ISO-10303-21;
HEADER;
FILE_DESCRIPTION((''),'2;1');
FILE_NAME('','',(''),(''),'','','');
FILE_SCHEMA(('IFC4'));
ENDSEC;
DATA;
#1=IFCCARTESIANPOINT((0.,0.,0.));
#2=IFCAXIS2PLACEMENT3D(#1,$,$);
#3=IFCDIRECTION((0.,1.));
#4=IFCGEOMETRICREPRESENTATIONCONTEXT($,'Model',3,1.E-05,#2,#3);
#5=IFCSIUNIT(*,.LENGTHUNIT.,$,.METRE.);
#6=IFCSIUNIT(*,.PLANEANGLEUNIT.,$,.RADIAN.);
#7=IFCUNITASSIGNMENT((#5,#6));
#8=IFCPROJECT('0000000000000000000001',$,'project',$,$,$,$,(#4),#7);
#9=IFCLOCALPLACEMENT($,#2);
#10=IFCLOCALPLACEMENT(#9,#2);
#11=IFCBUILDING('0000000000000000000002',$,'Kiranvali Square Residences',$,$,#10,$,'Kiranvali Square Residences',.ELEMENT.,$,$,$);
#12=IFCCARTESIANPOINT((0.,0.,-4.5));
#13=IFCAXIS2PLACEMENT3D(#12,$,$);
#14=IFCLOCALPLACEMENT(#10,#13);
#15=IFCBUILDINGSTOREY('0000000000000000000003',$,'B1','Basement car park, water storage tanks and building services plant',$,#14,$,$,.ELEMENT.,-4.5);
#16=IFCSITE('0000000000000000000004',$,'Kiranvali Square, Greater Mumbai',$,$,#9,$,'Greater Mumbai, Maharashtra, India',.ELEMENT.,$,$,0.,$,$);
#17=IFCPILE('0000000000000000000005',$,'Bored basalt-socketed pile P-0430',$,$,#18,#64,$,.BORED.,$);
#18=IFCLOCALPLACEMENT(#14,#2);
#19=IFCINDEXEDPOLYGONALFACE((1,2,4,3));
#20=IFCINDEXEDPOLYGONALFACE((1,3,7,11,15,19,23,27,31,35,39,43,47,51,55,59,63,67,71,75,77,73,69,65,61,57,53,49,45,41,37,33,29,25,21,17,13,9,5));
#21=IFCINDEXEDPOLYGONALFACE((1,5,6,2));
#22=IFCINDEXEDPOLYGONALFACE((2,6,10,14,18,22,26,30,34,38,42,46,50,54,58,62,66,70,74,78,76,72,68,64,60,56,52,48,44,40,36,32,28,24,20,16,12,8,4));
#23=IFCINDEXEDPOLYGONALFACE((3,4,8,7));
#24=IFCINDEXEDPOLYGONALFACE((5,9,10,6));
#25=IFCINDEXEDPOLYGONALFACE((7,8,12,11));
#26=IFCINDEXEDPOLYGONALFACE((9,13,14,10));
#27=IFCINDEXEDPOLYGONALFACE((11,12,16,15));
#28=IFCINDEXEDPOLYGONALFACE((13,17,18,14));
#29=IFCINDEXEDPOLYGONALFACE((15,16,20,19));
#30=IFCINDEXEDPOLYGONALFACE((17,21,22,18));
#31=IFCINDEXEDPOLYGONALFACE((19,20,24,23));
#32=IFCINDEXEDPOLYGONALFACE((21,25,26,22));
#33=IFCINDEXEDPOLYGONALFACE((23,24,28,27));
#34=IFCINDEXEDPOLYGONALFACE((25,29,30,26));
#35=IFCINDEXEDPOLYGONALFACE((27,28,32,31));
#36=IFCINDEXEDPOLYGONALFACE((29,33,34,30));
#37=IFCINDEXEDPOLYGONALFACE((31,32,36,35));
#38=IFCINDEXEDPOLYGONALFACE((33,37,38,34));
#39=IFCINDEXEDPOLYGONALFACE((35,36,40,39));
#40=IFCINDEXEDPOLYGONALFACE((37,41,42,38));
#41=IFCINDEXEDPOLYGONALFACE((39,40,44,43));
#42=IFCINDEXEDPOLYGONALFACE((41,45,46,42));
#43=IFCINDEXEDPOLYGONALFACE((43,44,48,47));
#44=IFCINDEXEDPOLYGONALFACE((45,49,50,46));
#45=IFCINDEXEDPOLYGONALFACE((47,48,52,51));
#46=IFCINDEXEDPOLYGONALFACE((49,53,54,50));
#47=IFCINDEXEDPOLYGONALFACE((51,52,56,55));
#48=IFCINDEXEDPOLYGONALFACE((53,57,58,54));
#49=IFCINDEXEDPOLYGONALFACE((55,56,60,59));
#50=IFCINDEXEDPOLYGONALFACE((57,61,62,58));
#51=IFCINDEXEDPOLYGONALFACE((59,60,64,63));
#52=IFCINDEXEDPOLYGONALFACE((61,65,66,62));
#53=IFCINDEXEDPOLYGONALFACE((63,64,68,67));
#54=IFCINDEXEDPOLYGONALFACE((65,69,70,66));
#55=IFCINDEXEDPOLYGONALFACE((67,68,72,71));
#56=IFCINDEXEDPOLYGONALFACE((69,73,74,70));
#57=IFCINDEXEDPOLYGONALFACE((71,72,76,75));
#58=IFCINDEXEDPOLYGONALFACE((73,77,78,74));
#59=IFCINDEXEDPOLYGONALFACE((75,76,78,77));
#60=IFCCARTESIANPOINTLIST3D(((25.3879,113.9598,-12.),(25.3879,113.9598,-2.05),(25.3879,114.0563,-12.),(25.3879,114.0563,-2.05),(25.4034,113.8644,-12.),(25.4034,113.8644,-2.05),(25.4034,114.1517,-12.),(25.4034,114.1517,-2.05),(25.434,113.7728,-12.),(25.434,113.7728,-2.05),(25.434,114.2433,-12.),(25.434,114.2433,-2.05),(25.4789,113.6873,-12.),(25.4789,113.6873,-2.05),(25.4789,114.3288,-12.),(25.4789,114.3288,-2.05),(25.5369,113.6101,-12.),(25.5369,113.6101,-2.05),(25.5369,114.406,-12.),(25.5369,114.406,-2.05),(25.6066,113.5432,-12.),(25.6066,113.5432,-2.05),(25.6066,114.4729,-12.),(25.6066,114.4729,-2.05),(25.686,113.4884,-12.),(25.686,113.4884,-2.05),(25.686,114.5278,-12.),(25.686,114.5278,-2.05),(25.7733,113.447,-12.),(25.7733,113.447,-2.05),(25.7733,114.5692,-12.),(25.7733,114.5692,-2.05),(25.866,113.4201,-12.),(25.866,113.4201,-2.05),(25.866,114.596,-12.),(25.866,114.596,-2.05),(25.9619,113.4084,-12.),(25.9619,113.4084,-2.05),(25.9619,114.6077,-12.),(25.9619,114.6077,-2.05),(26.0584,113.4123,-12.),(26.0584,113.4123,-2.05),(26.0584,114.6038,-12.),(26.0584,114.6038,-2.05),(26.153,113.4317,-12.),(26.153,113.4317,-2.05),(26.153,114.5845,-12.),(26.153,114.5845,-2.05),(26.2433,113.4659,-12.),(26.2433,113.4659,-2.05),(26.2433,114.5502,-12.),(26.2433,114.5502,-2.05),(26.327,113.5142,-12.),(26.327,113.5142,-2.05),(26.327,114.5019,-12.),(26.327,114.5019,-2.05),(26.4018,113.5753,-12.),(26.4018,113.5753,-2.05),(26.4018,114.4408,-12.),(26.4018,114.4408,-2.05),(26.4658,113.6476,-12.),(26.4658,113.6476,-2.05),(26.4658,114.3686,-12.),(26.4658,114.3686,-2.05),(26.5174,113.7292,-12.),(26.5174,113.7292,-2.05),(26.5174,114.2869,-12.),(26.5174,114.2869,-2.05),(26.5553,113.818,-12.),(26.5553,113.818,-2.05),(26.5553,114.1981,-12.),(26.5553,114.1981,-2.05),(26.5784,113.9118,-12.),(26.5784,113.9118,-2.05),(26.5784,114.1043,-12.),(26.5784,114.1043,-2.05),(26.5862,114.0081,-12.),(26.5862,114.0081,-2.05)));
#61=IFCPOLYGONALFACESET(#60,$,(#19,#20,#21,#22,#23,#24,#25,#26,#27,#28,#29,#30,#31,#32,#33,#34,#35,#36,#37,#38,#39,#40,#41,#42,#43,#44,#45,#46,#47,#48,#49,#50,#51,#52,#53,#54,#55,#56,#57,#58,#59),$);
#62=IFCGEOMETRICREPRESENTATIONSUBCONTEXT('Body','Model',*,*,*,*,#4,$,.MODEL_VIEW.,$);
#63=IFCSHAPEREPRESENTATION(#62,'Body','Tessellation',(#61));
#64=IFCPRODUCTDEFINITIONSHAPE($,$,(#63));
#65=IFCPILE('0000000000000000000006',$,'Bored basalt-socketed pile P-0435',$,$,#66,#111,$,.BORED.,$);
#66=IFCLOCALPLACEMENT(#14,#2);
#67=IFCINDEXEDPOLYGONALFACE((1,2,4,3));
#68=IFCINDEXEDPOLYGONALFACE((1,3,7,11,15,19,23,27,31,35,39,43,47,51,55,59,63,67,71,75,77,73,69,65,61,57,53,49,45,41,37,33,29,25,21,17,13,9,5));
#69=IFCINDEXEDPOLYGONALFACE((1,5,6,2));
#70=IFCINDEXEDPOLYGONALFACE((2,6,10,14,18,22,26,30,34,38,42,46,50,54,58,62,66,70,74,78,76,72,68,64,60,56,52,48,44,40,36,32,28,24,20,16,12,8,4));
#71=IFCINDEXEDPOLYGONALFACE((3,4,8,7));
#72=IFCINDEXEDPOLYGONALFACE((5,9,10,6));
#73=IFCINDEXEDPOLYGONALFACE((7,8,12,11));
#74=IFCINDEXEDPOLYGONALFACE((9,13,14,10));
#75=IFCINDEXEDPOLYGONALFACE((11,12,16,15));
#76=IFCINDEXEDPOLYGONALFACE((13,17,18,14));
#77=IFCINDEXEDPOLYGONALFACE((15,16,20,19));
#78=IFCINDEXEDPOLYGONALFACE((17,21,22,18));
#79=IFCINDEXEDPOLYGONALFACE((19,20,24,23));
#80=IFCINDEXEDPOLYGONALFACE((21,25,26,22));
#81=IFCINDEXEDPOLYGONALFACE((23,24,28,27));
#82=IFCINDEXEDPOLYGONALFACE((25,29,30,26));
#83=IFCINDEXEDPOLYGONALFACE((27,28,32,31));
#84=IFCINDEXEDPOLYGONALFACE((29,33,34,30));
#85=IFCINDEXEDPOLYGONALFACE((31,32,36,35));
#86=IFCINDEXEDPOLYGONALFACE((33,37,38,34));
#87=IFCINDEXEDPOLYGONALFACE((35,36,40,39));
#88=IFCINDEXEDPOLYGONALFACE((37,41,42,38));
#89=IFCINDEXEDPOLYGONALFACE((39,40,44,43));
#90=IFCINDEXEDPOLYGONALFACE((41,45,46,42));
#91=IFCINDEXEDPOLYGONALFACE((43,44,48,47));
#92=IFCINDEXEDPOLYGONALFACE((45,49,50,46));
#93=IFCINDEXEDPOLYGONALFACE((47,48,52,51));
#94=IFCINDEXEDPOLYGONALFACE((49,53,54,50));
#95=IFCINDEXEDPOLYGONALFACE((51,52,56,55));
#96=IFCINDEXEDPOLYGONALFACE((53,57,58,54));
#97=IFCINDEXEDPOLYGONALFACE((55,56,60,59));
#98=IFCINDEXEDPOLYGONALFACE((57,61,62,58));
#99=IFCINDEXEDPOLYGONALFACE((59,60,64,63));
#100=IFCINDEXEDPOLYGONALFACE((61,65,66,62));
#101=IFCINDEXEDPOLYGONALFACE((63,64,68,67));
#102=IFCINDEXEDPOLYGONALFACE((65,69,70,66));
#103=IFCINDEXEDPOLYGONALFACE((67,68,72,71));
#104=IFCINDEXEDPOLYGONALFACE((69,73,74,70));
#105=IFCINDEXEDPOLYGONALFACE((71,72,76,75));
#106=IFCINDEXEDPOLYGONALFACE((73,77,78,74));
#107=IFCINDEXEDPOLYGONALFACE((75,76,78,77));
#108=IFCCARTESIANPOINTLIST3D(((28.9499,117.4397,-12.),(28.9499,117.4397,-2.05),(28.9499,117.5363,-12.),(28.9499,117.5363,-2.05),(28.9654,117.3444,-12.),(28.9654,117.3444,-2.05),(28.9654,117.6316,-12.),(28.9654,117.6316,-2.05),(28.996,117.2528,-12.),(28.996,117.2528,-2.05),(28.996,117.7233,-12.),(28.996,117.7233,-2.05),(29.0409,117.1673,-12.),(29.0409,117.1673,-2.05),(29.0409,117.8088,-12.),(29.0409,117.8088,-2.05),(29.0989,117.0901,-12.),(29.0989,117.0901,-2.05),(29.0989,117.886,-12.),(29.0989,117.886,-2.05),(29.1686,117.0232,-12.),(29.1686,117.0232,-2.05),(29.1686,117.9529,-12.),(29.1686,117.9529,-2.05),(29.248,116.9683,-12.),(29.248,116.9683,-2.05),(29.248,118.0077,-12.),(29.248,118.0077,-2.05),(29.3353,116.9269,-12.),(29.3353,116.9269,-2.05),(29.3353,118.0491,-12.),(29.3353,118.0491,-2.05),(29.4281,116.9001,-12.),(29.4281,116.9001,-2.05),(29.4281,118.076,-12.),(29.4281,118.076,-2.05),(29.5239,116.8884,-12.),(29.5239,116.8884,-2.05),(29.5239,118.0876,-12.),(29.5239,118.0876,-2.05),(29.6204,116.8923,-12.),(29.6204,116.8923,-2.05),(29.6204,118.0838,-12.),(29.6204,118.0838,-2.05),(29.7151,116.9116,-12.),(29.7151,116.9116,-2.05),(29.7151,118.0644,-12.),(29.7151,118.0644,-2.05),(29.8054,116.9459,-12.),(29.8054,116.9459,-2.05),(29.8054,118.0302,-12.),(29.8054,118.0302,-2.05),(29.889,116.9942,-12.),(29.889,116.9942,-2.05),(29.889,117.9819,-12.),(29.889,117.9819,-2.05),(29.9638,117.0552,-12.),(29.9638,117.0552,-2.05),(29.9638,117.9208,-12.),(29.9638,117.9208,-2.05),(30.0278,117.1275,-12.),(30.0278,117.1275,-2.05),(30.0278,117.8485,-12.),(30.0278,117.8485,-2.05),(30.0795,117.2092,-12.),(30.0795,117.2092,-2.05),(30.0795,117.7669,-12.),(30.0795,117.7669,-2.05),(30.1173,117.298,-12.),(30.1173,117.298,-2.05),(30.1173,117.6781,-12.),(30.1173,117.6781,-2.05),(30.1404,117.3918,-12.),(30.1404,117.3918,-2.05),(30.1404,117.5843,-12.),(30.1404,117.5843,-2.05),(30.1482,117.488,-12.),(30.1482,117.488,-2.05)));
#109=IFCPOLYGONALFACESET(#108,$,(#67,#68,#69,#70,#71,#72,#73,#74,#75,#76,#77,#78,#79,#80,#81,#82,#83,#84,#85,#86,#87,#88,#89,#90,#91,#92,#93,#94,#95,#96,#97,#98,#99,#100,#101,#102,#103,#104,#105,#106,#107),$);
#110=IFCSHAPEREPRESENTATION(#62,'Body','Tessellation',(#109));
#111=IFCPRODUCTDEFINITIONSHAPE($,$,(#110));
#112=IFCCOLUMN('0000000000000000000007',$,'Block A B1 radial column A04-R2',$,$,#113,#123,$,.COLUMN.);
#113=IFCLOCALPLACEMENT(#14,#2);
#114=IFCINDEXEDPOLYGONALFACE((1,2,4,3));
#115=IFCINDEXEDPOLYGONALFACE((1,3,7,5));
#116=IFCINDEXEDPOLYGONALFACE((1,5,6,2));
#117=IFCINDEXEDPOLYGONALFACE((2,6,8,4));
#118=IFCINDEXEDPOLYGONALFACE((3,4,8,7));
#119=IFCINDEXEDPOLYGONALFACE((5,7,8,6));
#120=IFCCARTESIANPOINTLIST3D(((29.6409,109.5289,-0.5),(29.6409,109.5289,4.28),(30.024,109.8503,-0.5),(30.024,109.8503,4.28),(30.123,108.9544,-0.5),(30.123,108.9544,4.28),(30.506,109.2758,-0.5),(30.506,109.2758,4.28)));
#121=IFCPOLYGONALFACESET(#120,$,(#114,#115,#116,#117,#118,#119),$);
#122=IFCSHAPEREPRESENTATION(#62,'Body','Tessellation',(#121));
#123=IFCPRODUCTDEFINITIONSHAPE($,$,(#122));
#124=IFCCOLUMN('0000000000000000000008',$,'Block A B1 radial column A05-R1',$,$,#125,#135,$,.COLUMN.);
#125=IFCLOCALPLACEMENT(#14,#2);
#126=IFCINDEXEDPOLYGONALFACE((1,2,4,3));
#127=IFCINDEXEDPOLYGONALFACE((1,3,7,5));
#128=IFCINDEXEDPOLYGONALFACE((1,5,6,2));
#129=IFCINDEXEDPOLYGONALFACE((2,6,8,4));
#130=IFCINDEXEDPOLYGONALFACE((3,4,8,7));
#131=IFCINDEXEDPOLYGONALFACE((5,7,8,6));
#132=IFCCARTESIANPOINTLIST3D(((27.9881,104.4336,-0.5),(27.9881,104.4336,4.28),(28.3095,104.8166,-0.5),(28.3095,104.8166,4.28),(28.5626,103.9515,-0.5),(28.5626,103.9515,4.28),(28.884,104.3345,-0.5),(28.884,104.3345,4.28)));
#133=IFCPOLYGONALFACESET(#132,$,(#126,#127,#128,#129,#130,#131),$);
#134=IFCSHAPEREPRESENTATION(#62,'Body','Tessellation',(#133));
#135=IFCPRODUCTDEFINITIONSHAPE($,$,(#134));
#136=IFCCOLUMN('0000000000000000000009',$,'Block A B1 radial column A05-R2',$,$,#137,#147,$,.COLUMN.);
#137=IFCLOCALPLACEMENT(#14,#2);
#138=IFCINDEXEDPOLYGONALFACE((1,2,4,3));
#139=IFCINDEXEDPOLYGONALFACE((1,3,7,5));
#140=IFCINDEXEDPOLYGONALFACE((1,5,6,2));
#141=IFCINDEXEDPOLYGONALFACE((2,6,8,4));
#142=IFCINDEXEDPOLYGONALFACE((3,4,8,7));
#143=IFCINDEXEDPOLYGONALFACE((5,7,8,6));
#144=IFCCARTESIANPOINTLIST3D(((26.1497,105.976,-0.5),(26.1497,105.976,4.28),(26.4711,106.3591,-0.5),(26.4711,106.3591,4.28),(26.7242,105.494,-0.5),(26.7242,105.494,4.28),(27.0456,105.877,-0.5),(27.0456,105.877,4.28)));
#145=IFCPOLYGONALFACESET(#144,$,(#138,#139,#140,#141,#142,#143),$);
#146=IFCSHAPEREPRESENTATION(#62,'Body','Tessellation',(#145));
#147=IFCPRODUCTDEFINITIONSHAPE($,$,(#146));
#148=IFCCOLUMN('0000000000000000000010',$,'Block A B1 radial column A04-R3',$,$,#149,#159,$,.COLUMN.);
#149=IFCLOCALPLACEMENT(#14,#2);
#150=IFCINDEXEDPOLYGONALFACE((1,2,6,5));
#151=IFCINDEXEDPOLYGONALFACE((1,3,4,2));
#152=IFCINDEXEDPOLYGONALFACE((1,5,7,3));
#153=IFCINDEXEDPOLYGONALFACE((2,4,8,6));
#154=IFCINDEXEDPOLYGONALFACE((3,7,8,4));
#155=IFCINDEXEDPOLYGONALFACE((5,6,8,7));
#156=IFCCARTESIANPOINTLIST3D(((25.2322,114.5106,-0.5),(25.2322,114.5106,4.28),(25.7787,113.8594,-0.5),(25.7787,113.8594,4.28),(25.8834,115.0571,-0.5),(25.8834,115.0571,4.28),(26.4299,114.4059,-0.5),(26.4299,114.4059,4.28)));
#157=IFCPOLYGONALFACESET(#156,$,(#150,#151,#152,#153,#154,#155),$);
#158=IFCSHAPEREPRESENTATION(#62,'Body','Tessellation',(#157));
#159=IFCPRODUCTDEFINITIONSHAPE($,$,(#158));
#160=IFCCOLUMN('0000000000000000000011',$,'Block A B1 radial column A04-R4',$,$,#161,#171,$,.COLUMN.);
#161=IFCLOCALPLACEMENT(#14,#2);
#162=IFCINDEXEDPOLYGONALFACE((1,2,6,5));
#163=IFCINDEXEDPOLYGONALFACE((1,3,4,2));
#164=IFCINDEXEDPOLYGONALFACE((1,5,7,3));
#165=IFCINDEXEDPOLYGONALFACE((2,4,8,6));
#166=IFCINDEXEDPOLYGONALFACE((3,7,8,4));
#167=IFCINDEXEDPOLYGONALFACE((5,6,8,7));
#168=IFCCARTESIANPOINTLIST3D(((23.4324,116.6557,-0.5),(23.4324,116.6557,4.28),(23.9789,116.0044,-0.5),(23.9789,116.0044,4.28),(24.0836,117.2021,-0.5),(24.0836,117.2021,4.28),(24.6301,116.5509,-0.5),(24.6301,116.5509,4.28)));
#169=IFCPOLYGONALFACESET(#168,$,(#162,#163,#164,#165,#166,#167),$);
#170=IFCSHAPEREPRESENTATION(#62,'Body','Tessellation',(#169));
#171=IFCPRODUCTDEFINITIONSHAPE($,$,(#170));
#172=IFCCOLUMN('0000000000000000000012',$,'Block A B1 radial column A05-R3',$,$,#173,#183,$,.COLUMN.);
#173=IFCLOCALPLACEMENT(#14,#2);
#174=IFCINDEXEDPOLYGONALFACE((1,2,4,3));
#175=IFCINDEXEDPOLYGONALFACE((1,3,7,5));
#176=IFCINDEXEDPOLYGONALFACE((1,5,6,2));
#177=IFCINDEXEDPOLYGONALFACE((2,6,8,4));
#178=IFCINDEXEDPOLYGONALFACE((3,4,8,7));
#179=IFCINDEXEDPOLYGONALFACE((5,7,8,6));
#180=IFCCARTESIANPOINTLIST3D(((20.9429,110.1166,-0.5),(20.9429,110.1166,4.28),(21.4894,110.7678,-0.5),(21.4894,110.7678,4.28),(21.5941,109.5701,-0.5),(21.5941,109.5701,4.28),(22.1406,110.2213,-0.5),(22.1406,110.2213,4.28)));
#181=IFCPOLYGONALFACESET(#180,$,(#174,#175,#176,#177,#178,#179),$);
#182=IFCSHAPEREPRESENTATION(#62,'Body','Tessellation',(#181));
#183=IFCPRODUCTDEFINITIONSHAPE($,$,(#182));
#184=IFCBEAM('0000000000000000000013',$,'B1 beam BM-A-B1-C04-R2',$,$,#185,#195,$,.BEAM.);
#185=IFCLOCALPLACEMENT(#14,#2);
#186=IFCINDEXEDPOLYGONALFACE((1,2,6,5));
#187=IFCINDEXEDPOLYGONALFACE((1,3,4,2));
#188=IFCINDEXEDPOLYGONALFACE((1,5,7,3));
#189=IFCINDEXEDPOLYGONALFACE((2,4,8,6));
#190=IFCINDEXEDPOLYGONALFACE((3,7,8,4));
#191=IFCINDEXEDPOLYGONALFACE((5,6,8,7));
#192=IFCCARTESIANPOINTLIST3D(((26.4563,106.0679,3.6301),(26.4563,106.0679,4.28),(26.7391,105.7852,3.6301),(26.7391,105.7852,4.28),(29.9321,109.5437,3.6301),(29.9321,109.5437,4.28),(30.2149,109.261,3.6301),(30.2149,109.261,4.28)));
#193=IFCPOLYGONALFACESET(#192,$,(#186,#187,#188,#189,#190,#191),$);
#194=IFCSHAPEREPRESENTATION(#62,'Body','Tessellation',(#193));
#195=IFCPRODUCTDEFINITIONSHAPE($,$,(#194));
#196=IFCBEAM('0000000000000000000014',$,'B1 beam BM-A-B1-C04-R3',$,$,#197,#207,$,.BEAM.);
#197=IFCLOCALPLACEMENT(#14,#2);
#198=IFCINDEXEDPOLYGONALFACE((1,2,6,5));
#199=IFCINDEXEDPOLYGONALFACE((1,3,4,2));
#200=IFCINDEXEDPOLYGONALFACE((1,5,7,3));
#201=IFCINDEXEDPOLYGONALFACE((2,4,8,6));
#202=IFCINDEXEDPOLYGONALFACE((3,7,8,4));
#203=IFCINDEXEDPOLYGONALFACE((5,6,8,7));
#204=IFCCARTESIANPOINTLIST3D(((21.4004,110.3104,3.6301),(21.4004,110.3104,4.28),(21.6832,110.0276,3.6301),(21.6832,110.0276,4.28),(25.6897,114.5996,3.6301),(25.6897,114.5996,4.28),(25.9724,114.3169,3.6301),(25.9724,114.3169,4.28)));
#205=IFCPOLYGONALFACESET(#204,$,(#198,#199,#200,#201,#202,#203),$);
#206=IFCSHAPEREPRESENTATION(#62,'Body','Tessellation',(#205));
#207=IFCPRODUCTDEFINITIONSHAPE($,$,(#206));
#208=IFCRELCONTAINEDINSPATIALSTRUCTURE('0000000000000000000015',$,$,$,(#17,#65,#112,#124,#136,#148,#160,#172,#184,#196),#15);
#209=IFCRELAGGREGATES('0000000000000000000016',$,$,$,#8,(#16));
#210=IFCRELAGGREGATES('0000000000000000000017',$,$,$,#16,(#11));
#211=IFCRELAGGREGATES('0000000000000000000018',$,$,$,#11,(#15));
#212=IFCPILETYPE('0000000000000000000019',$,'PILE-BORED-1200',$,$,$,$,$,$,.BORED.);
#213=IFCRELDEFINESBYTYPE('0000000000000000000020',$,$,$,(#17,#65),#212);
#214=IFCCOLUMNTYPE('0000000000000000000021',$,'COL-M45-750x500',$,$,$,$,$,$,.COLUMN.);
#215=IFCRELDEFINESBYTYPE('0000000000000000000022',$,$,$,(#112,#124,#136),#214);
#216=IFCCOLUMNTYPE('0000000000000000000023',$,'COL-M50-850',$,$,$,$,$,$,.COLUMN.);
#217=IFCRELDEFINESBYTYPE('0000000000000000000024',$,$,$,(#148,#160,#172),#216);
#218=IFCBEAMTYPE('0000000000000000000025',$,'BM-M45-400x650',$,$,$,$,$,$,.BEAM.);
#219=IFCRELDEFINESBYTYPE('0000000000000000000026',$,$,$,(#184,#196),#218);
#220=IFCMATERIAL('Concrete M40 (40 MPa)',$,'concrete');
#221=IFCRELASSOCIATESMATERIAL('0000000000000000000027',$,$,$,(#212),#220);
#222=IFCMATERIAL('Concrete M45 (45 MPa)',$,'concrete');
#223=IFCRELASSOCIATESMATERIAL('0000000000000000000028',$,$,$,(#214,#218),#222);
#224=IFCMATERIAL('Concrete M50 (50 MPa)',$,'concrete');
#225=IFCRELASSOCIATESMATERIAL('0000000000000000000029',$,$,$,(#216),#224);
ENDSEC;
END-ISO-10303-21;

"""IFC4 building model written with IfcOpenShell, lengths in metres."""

from ifc_helpers import new_model, si_unit, direction, frame, origin, origin_2d, place, context, subcontext, project, spatial, rectangle, circle, extrude, material, material_profile, profile_set, type_object, element, save


model = new_model("IFC4")

# Units and contexts
model_context = context("Model", 3, precision=1e-05, world=origin(), true_north=direction((0.0, 1.0)))
body_context = subcontext(model_context, "Body", "Model", "MODEL_VIEW")
ifc_project = project(units=[si_unit("LENGTHUNIT", "METRE"), si_unit("PLANEANGLEUNIT", "RADIAN")], contexts=[model_context])

# Site, building, storey
site_placement = place(None, origin())
site = spatial("IfcSite", under=ifc_project, at=site_placement, Name="Kiranvali Square, Greater Mumbai", LongName="Greater Mumbai, Maharashtra, India", CompositionType="ELEMENT", RefElevation=0.0)
building_placement = place(site_placement, origin())
building = spatial("IfcBuilding", under=site, at=building_placement, Name="Kiranvali Square Residences", LongName="Kiranvali Square Residences", CompositionType="ELEMENT")
storey_placement = place(building_placement, frame((0.0, 0.0, -4.5)))
storey = spatial("IfcBuildingStorey", under=building, at=storey_placement, Name="B1", Description="Basement car park, water storage tanks and building services plant", CompositionType="ELEMENT", Elevation=-4.5)

# Shared definitions
ifc_material_1 = material(Name="Concrete M40 (40 MPa)", Category="concrete")

# Piles
ifc_material_profile_1 = material_profile(ifc_material_1, circle(Radius=0.6001, at=origin_2d()), Name="BORED PILE 1200")
ifc_profile_set_1 = profile_set([ifc_material_profile_1], Name="Concrete M40 (40 MPa)")
pile_type = type_object("IfcPileType", Name="PILE-BORED-1200", PredefinedType="BORED", material=ifc_profile_set_1)
for number, where, z_axis, x_axis, name in (
    (1, (25.9861, 114.0081, -2.05), (0.0, 0.0, -1.0), (1.0, 0.0, 0.0), "Bored basalt-socketed pile P-0430"),
    (2, (29.5481, 117.488, -2.05), (0.0, 0.0, -1.0), (1.0, 0.0, 0.0), "Bored basalt-socketed pile P-0435"),
):
    element("IfcPile", number, at=place(storey_placement, frame(where, z_axis=z_axis, x_axis=x_axis)), inside=storey, type_object=pile_type, Name=name, PredefinedType="BORED", context=body_context, shape_type="SweptSolid", body=[
        extrude(circle(Radius=0.6001, at=origin_2d()), origin(), (0.0, 0.0, 1.0), 9.95),
    ])

# Columns
ifc_material_2 = material(Name="Concrete M45 (45 MPa)", Category="concrete")
ifc_material_profile_2 = material_profile(ifc_material_2, rectangle(XDim=0.5, YDim=0.75, at=origin_2d()), Name="RC 750x500")
ifc_profile_set_2 = profile_set([ifc_material_profile_2], Name="Concrete M45 (45 MPa)")
column_type_1 = type_object("IfcColumnType", Name="COL-M45-750x500", PredefinedType="COLUMN", material=ifc_profile_set_2)
for number, where, z_axis, x_axis, name in (
    (3, (30.0735, 109.4023, -0.5), (0.0, 0.0, 1.0), (0.766044, 0.642788, 0.0), "Block A B1 radial column A04-R2"),
    (4, (28.436, 104.384, -0.5), (0.0, 0.0, 1.0), (0.642788, 0.766044, 0.0), "Block A B1 radial column A05-R1"),
    (5, (26.5977, 105.9265, -0.5), (0.0, 0.0, 1.0), (0.642788, 0.766044, 0.0), "Block A B1 radial column A05-R2"),
):
    element("IfcColumn", number, at=place(storey_placement, frame(where, z_axis=z_axis, x_axis=x_axis)), inside=storey, type_object=column_type_1, Name=name, PredefinedType="COLUMN", context=body_context, shape_type="SweptSolid", body=[
        extrude(rectangle(XDim=0.5, YDim=0.75, at=origin_2d()), origin(), (0.0, 0.0, 1.0), 4.78),
    ])
ifc_material_3 = material(Name="Concrete M50 (50 MPa)", Category="concrete")
ifc_material_profile_3 = material_profile(ifc_material_3, rectangle(XDim=0.8501, YDim=0.8501, at=origin_2d()), Name="RC 850x850")
ifc_profile_set_3 = profile_set([ifc_material_profile_3], Name="Concrete M50 (50 MPa)")
column_type_2 = type_object("IfcColumnType", Name="COL-M50-850", PredefinedType="COLUMN", material=ifc_profile_set_3)
for number, where, z_axis, x_axis, name in (
    (6, (25.8311, 114.4583, -0.5), (0.0, 0.0, 1.0), (0.766044, 0.642788, 0.0), "Block A B1 radial column A04-R3"),
    (7, (24.0312, 116.6033, -0.5), (0.0, 0.0, 1.0), (0.766044, 0.642788, 0.0), "Block A B1 radial column A04-R4"),
    (8, (21.5417, 110.1689, -0.5), (0.0, 0.0, 1.0), (0.642788, 0.766044, 0.0), "Block A B1 radial column A05-R3"),
):
    element("IfcColumn", number, at=place(storey_placement, frame(where, z_axis=z_axis, x_axis=x_axis)), inside=storey, type_object=column_type_2, Name=name, PredefinedType="COLUMN", context=body_context, shape_type="SweptSolid", body=[
        extrude(rectangle(XDim=0.8501, YDim=0.8501, at=origin_2d()), origin(), (0.0, 0.0, 1.0), 4.78),
    ])

# Beams
ifc_material_profile_4 = material_profile(ifc_material_2, rectangle(XDim=0.3999, YDim=0.6499, at=origin_2d()), Name="RC 400x650")
ifc_profile_set_4 = profile_set([ifc_material_profile_4], Name="Concrete M45 (45 MPa)")
beam_type = type_object("IfcBeamType", Name="BM-M45-400x650", PredefinedType="BEAM", material=ifc_profile_set_4)
beam_1_placement = place(storey_placement, frame((30.0735, 109.4023, 3.9551), z_axis=(-0.707107, -0.707107, 0.0), x_axis=(0.707107, -0.707107, 0.0)))
element("IfcBeam", 9, at=beam_1_placement, inside=storey, type_object=beam_type, Name="B1 beam BM-A-B1-C04-R2", PredefinedType="BEAM", context=body_context, shape_type="SweptSolid", body=[
    extrude(rectangle(XDim=0.3999, YDim=0.6499, at=origin_2d()), origin(), (0.0, 0.0, 1.0), 4.9155),
])
beam_2_placement = place(storey_placement, frame((25.8311, 114.4583, 3.9551), z_axis=(-0.707107, -0.707107, 0.0), x_axis=(0.707107, -0.707107, 0.0)))
element("IfcBeam", 10, at=beam_2_placement, inside=storey, type_object=beam_type, Name="B1 beam BM-A-B1-C04-R3", PredefinedType="BEAM", context=body_context, shape_type="SweptSolid", body=[
    extrude(rectangle(XDim=0.3999, YDim=0.6499, at=origin_2d()), origin(), (0.0, 0.0, 1.0), 6.0659),
])

save(model, "model.ifc")
